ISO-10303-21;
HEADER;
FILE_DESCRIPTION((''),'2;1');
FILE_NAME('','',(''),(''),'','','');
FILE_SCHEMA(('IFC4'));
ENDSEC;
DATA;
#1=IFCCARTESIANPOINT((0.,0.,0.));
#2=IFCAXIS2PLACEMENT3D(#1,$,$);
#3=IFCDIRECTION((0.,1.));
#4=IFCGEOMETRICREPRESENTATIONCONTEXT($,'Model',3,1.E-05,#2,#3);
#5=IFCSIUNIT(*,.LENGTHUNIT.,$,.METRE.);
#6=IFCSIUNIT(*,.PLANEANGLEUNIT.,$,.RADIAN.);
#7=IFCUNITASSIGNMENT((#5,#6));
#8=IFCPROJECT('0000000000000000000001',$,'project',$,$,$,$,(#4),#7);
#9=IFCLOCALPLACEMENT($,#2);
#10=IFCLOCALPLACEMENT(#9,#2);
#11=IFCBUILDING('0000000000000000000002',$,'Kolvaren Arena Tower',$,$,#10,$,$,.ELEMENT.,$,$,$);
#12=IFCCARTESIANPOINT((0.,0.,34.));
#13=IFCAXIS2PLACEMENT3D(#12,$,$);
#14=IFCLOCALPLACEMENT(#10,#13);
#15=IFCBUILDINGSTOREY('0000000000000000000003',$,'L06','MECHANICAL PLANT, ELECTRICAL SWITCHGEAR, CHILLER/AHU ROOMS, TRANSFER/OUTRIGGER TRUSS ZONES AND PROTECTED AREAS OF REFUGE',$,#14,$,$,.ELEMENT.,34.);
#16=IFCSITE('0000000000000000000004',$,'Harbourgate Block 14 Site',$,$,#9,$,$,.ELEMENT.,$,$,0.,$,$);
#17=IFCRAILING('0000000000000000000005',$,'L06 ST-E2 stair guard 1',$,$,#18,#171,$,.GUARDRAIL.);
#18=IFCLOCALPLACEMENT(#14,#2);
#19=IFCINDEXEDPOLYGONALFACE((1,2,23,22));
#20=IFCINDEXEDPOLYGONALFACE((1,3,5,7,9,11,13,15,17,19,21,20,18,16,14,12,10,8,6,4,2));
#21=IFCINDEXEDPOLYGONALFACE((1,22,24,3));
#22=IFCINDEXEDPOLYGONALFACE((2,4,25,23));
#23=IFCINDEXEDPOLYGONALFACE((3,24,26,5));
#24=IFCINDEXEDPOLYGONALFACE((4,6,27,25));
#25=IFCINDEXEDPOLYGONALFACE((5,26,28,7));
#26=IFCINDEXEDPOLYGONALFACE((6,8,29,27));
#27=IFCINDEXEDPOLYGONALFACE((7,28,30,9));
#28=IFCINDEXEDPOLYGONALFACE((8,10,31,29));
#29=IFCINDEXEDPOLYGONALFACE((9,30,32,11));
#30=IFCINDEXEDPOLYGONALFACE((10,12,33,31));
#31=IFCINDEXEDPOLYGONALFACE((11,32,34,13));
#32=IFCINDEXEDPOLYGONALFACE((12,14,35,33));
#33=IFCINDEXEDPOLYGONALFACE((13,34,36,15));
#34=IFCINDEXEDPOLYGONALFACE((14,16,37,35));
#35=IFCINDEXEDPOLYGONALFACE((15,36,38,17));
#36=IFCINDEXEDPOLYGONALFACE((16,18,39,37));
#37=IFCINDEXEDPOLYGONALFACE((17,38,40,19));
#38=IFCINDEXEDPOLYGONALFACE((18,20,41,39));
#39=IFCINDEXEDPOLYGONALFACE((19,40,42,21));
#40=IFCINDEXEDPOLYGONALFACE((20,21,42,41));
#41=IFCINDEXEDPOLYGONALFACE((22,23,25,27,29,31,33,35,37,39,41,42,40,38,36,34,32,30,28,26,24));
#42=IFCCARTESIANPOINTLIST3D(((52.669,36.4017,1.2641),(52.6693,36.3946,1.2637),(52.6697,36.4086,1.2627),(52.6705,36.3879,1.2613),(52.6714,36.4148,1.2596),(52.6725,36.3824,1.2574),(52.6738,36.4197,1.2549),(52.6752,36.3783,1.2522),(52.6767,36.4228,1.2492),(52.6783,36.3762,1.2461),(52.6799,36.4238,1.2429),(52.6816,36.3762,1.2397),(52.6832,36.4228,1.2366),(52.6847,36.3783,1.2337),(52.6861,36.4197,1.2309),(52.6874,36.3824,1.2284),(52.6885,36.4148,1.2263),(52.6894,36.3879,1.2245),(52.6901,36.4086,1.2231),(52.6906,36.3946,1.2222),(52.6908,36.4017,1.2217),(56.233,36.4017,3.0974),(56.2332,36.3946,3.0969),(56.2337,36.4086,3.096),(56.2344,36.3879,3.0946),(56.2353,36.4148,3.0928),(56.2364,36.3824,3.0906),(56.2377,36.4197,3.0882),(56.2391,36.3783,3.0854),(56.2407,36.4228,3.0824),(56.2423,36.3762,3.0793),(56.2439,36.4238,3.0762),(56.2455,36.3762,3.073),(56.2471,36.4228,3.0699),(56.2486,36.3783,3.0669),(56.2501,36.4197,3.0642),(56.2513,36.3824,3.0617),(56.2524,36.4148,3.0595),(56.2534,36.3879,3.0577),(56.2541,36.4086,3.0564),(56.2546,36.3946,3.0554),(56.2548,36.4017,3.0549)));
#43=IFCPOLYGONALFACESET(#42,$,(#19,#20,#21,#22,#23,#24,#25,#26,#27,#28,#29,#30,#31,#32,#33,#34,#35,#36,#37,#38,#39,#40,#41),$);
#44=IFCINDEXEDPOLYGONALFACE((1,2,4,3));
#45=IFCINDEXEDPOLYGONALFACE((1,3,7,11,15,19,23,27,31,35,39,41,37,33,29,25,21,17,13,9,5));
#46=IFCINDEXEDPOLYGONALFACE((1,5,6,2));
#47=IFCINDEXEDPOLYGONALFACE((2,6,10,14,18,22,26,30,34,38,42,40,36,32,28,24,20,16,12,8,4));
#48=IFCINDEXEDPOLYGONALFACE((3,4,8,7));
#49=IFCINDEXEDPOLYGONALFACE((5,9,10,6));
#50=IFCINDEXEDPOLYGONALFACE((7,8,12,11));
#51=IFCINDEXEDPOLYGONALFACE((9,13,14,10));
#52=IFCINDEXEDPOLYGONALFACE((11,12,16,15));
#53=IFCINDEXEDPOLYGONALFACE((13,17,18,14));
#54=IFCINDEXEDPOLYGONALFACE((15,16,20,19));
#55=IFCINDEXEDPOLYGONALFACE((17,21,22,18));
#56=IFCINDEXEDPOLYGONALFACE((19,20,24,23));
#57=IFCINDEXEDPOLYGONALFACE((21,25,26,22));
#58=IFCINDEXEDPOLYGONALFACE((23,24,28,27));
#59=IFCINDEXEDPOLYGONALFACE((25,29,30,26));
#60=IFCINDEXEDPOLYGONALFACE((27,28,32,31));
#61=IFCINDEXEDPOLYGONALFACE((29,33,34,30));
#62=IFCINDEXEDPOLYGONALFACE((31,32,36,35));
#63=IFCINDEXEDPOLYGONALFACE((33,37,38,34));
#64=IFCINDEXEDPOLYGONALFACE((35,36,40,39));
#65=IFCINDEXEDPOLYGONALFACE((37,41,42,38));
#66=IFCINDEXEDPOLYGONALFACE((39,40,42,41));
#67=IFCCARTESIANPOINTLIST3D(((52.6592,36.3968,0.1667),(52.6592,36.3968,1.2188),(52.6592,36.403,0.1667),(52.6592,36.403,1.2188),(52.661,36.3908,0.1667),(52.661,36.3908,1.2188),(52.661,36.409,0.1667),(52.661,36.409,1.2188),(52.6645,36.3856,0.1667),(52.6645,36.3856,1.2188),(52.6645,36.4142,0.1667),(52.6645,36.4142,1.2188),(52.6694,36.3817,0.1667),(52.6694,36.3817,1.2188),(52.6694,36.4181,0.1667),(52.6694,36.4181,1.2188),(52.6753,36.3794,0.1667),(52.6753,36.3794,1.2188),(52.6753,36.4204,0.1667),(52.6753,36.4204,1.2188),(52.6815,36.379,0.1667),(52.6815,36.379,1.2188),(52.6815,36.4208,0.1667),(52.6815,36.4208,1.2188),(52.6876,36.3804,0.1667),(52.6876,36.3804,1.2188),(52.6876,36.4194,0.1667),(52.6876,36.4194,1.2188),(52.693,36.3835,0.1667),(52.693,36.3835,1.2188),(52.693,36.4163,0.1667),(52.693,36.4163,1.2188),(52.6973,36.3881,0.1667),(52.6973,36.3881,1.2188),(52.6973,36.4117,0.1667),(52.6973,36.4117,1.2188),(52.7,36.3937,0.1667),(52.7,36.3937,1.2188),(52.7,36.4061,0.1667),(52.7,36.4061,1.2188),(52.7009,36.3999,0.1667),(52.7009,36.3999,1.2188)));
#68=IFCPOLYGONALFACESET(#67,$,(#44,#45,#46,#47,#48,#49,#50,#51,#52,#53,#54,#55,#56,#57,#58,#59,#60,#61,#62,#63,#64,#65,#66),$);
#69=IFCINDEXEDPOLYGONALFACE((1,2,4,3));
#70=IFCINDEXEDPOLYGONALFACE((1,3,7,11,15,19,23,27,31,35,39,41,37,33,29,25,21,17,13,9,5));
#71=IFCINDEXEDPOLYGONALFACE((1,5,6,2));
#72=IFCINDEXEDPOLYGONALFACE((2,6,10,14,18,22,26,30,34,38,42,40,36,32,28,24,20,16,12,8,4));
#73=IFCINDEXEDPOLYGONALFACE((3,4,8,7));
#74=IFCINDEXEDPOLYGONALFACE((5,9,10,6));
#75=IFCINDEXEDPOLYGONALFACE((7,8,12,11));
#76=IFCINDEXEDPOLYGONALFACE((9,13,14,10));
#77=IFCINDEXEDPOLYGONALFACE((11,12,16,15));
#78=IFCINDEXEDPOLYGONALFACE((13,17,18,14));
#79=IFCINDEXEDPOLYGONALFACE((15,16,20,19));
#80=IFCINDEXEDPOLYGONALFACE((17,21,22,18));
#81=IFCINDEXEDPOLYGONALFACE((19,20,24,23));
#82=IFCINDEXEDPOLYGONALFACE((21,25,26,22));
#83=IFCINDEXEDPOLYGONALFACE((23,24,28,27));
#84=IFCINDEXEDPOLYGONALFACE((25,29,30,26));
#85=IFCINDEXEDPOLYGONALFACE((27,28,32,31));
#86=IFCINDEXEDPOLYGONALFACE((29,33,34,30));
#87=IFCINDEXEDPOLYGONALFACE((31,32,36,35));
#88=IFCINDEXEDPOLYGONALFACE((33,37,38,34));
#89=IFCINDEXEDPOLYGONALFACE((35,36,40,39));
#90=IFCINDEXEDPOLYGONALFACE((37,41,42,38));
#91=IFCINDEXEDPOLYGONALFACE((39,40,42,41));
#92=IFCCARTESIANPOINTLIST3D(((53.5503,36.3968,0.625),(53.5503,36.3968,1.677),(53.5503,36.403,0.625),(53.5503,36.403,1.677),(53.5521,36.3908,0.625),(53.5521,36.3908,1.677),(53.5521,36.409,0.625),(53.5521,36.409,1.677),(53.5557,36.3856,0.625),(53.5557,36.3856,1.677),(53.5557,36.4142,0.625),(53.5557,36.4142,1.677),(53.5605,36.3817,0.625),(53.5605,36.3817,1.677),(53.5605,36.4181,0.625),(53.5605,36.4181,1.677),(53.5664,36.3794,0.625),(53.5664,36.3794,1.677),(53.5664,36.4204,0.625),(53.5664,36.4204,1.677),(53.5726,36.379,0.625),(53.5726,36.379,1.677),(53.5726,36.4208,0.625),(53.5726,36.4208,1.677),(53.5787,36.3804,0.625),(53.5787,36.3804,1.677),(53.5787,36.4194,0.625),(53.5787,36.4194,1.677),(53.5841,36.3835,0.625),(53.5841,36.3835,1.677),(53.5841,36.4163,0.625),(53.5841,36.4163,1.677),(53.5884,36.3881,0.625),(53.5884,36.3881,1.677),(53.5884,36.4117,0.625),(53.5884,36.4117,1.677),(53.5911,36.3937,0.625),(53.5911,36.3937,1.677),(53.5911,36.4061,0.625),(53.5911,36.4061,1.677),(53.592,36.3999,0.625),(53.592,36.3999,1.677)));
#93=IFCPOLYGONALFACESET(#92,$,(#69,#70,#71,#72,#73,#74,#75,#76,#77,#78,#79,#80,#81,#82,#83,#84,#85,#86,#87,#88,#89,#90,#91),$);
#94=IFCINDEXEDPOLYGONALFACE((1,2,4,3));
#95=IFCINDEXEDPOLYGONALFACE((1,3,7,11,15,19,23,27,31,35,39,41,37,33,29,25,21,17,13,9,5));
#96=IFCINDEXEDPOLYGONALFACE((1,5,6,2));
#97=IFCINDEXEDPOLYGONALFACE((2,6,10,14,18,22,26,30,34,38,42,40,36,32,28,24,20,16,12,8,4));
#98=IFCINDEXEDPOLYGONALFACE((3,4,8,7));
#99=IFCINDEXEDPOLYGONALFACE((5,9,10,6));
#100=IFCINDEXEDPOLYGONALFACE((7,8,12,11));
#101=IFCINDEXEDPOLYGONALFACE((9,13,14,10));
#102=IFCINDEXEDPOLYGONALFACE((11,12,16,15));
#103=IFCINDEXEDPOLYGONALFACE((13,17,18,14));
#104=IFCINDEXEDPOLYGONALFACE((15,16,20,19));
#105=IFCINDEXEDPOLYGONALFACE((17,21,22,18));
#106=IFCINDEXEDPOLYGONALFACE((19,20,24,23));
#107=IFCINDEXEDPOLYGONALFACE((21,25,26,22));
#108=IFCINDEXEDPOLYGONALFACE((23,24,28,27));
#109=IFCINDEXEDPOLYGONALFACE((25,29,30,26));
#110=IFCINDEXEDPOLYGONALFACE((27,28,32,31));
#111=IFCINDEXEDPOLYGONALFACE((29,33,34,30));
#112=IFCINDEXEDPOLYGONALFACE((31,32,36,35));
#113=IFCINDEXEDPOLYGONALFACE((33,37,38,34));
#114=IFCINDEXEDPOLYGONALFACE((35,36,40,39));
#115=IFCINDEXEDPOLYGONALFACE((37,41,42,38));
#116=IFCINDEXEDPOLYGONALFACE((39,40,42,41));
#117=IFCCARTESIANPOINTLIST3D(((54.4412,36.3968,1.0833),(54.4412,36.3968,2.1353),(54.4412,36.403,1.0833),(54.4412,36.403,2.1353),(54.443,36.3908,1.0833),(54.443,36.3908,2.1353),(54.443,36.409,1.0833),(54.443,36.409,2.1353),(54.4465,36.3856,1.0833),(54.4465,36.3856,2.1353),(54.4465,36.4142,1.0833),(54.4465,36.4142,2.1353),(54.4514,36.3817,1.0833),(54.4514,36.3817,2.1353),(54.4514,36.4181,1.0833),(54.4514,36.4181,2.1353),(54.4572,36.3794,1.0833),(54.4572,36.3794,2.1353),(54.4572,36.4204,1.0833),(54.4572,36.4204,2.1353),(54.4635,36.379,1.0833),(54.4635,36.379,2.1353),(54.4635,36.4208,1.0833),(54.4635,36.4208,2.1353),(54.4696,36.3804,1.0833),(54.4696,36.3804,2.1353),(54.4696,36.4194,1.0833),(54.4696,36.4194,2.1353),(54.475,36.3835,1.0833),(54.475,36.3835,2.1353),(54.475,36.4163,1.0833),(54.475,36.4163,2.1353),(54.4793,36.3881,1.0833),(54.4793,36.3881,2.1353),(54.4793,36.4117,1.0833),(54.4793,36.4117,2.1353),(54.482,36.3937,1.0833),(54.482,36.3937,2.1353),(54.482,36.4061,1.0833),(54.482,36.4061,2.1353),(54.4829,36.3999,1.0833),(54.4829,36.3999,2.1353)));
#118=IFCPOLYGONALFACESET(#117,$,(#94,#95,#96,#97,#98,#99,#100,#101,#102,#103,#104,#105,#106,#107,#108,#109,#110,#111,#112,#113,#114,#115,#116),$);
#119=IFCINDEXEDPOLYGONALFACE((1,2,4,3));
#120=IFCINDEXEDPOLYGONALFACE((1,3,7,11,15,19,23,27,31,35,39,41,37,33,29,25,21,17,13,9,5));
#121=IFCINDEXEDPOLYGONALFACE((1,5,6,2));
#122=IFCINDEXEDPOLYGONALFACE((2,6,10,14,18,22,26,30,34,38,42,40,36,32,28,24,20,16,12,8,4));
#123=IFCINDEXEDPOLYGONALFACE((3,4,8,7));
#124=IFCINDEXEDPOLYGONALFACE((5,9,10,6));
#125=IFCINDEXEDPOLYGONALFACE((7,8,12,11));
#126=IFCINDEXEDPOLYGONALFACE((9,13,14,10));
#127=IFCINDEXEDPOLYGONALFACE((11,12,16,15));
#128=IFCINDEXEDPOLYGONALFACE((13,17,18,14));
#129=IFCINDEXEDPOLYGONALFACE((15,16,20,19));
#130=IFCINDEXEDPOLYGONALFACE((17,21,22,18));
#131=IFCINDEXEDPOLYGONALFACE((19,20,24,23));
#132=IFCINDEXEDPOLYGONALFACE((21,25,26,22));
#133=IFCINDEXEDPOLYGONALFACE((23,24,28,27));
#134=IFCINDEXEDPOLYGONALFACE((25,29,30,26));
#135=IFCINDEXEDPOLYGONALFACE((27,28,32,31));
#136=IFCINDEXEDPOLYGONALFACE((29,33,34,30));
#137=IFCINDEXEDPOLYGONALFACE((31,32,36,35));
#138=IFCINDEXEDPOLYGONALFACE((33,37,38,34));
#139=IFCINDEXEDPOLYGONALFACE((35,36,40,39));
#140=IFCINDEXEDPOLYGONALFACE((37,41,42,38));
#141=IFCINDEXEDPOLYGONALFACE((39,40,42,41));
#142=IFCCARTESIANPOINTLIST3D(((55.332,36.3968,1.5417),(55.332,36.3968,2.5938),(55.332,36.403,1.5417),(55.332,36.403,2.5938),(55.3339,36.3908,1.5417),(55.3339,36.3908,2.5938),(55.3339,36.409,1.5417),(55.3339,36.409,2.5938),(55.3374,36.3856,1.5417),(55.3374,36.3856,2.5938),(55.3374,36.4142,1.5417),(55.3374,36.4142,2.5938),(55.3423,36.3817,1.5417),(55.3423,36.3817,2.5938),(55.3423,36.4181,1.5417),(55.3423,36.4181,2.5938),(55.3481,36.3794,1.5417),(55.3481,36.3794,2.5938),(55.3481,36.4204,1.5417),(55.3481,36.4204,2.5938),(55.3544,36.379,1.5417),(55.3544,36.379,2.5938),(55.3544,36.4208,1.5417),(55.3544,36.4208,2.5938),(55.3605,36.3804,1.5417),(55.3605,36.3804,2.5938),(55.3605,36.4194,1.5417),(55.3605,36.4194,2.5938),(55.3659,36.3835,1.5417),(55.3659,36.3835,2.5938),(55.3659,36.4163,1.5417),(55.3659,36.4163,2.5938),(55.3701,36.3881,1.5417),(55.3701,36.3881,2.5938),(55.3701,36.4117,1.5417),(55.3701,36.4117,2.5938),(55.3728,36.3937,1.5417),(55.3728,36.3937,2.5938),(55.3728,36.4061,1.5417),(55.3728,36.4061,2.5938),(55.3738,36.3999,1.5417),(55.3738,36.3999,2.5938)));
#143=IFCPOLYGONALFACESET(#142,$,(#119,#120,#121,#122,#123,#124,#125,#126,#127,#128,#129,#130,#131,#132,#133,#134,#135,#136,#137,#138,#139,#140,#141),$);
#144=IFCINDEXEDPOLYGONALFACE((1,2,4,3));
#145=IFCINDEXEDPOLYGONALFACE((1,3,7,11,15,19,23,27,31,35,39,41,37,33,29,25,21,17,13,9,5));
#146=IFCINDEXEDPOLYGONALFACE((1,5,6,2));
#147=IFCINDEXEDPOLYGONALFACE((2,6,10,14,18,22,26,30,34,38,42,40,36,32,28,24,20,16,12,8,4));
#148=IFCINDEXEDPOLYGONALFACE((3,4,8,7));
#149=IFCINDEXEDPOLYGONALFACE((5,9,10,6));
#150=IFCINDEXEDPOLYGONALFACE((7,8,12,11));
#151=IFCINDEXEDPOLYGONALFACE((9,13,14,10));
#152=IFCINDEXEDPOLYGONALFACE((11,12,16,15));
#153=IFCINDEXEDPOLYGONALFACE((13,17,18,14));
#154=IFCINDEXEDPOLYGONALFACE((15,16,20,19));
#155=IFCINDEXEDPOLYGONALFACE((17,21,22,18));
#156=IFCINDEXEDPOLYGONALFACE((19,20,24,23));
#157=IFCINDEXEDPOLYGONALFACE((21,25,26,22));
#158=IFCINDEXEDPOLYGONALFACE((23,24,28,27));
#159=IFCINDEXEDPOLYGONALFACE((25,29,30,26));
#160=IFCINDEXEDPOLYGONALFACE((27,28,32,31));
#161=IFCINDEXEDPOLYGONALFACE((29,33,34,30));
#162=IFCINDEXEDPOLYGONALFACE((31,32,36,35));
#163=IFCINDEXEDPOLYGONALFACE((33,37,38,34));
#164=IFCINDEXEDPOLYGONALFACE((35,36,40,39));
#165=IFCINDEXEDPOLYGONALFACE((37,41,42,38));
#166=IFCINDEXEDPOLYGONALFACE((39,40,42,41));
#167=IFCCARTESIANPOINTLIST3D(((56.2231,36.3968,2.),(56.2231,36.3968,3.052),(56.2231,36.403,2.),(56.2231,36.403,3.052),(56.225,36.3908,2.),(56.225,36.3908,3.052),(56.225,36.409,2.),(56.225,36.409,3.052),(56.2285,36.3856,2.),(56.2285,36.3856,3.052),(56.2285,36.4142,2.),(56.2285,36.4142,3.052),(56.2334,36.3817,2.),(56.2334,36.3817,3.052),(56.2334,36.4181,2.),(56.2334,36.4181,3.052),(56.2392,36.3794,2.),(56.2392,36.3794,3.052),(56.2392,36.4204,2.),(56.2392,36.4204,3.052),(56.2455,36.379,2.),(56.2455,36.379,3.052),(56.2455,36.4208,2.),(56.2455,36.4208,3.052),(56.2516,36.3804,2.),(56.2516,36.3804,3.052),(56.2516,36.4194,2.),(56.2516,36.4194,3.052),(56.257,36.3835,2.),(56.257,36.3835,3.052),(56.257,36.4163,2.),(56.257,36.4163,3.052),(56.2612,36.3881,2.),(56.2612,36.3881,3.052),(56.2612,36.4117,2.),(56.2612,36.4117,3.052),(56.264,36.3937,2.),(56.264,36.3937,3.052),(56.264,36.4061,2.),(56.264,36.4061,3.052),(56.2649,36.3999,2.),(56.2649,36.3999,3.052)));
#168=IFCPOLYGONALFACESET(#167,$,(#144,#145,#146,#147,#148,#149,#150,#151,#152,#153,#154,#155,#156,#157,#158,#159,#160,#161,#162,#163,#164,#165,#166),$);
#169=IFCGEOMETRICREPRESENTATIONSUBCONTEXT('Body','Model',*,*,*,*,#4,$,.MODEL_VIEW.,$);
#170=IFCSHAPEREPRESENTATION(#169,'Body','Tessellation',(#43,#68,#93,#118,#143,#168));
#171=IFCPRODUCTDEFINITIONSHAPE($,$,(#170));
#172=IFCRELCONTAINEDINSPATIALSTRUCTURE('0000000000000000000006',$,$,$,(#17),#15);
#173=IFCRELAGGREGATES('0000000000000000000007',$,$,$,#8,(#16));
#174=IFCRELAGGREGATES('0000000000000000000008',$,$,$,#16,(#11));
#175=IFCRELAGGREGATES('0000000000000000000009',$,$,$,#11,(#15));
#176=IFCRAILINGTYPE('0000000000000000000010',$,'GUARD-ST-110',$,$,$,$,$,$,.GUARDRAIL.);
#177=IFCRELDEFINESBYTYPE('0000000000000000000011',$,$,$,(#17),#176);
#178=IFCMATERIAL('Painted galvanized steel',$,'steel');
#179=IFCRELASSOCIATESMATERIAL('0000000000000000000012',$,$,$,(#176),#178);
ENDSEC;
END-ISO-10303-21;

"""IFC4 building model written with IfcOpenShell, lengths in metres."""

from ifc_helpers import new_model, si_unit, direction, frame, origin, origin_2d, place, context, subcontext, project, spatial, circle, extrude, material, type_object, element, save


model = new_model("IFC4")

# Units and contexts
model_context = context("Model", 3, precision=1e-05, world=origin(), true_north=direction((0.0, 1.0)))
body_context = subcontext(model_context, "Body", "Model", "MODEL_VIEW")
ifc_project = project(units=[si_unit("LENGTHUNIT", "METRE"), si_unit("PLANEANGLEUNIT", "RADIAN")], contexts=[model_context])

# Site, building, storey
site_placement = place(None, origin())
site = spatial("IfcSite", under=ifc_project, at=site_placement, Name="Harbourgate Block 14 Site", CompositionType="ELEMENT", RefElevation=0.0)
building_placement = place(site_placement, origin())
building = spatial("IfcBuilding", under=site, at=building_placement, Name="Kolvaren Arena Tower", CompositionType="ELEMENT")
storey_placement = place(building_placement, frame((0.0, 0.0, 34.0)))
storey = spatial("IfcBuildingStorey", under=building, at=storey_placement, Name="L06", Description="MECHANICAL PLANT, ELECTRICAL SWITCHGEAR, CHILLER/AHU ROOMS, TRANSFER/OUTRIGGER TRUSS ZONES AND PROTECTED AREAS OF REFUGE", CompositionType="ELEMENT", Elevation=34.0)

# Railing
ifc_material_1 = material(Name="Painted galvanized steel", Category="steel")
railing_type_1 = type_object("IfcRailingType", Name="GUARD-ST-110", PredefinedType="GUARDRAIL", material=ifc_material_1)
railing_1_placement = place(storey_placement, frame((52.6799, 36.3999, 0.1667)))
element("IfcRailing", 1, at=railing_1_placement, inside=storey, type_object=railing_type_1, Name="L06 ST-E2 stair guard 1", PredefinedType="GUARDRAIL", context=body_context, shape_type="SweptSolid", body=[
    extrude(circle(Radius=0.0239, at=origin_2d()), frame((0.0, 0.0, 1.0762), z_axis=(0.889252, 0.0, 0.457418), x_axis=(0.0, 1.0, 0.0)), (0.0, 0.0, 1.0), 4.0078),
    extrude(circle(Radius=0.021, at=origin_2d()), origin(), (0.0, 0.0, 1.0), 1.052),
    extrude(circle(Radius=0.021, at=origin_2d()), frame((0.8911, 0.0, 0.4583)), (0.0, 0.0, 1.0), 1.052),
    extrude(circle(Radius=0.021, at=origin_2d()), frame((1.782, 0.0, 0.9165)), (0.0, 0.0, 1.0), 1.052),
    extrude(circle(Radius=0.021, at=origin_2d()), frame((2.6729, 0.0, 1.375)), (0.0, 0.0, 1.0), 1.052),
    extrude(circle(Radius=0.021, at=origin_2d()), frame((3.564, 0.0, 1.8333)), (0.0, 0.0, 1.0), 1.052),
])

save(model, "model.ifc")
